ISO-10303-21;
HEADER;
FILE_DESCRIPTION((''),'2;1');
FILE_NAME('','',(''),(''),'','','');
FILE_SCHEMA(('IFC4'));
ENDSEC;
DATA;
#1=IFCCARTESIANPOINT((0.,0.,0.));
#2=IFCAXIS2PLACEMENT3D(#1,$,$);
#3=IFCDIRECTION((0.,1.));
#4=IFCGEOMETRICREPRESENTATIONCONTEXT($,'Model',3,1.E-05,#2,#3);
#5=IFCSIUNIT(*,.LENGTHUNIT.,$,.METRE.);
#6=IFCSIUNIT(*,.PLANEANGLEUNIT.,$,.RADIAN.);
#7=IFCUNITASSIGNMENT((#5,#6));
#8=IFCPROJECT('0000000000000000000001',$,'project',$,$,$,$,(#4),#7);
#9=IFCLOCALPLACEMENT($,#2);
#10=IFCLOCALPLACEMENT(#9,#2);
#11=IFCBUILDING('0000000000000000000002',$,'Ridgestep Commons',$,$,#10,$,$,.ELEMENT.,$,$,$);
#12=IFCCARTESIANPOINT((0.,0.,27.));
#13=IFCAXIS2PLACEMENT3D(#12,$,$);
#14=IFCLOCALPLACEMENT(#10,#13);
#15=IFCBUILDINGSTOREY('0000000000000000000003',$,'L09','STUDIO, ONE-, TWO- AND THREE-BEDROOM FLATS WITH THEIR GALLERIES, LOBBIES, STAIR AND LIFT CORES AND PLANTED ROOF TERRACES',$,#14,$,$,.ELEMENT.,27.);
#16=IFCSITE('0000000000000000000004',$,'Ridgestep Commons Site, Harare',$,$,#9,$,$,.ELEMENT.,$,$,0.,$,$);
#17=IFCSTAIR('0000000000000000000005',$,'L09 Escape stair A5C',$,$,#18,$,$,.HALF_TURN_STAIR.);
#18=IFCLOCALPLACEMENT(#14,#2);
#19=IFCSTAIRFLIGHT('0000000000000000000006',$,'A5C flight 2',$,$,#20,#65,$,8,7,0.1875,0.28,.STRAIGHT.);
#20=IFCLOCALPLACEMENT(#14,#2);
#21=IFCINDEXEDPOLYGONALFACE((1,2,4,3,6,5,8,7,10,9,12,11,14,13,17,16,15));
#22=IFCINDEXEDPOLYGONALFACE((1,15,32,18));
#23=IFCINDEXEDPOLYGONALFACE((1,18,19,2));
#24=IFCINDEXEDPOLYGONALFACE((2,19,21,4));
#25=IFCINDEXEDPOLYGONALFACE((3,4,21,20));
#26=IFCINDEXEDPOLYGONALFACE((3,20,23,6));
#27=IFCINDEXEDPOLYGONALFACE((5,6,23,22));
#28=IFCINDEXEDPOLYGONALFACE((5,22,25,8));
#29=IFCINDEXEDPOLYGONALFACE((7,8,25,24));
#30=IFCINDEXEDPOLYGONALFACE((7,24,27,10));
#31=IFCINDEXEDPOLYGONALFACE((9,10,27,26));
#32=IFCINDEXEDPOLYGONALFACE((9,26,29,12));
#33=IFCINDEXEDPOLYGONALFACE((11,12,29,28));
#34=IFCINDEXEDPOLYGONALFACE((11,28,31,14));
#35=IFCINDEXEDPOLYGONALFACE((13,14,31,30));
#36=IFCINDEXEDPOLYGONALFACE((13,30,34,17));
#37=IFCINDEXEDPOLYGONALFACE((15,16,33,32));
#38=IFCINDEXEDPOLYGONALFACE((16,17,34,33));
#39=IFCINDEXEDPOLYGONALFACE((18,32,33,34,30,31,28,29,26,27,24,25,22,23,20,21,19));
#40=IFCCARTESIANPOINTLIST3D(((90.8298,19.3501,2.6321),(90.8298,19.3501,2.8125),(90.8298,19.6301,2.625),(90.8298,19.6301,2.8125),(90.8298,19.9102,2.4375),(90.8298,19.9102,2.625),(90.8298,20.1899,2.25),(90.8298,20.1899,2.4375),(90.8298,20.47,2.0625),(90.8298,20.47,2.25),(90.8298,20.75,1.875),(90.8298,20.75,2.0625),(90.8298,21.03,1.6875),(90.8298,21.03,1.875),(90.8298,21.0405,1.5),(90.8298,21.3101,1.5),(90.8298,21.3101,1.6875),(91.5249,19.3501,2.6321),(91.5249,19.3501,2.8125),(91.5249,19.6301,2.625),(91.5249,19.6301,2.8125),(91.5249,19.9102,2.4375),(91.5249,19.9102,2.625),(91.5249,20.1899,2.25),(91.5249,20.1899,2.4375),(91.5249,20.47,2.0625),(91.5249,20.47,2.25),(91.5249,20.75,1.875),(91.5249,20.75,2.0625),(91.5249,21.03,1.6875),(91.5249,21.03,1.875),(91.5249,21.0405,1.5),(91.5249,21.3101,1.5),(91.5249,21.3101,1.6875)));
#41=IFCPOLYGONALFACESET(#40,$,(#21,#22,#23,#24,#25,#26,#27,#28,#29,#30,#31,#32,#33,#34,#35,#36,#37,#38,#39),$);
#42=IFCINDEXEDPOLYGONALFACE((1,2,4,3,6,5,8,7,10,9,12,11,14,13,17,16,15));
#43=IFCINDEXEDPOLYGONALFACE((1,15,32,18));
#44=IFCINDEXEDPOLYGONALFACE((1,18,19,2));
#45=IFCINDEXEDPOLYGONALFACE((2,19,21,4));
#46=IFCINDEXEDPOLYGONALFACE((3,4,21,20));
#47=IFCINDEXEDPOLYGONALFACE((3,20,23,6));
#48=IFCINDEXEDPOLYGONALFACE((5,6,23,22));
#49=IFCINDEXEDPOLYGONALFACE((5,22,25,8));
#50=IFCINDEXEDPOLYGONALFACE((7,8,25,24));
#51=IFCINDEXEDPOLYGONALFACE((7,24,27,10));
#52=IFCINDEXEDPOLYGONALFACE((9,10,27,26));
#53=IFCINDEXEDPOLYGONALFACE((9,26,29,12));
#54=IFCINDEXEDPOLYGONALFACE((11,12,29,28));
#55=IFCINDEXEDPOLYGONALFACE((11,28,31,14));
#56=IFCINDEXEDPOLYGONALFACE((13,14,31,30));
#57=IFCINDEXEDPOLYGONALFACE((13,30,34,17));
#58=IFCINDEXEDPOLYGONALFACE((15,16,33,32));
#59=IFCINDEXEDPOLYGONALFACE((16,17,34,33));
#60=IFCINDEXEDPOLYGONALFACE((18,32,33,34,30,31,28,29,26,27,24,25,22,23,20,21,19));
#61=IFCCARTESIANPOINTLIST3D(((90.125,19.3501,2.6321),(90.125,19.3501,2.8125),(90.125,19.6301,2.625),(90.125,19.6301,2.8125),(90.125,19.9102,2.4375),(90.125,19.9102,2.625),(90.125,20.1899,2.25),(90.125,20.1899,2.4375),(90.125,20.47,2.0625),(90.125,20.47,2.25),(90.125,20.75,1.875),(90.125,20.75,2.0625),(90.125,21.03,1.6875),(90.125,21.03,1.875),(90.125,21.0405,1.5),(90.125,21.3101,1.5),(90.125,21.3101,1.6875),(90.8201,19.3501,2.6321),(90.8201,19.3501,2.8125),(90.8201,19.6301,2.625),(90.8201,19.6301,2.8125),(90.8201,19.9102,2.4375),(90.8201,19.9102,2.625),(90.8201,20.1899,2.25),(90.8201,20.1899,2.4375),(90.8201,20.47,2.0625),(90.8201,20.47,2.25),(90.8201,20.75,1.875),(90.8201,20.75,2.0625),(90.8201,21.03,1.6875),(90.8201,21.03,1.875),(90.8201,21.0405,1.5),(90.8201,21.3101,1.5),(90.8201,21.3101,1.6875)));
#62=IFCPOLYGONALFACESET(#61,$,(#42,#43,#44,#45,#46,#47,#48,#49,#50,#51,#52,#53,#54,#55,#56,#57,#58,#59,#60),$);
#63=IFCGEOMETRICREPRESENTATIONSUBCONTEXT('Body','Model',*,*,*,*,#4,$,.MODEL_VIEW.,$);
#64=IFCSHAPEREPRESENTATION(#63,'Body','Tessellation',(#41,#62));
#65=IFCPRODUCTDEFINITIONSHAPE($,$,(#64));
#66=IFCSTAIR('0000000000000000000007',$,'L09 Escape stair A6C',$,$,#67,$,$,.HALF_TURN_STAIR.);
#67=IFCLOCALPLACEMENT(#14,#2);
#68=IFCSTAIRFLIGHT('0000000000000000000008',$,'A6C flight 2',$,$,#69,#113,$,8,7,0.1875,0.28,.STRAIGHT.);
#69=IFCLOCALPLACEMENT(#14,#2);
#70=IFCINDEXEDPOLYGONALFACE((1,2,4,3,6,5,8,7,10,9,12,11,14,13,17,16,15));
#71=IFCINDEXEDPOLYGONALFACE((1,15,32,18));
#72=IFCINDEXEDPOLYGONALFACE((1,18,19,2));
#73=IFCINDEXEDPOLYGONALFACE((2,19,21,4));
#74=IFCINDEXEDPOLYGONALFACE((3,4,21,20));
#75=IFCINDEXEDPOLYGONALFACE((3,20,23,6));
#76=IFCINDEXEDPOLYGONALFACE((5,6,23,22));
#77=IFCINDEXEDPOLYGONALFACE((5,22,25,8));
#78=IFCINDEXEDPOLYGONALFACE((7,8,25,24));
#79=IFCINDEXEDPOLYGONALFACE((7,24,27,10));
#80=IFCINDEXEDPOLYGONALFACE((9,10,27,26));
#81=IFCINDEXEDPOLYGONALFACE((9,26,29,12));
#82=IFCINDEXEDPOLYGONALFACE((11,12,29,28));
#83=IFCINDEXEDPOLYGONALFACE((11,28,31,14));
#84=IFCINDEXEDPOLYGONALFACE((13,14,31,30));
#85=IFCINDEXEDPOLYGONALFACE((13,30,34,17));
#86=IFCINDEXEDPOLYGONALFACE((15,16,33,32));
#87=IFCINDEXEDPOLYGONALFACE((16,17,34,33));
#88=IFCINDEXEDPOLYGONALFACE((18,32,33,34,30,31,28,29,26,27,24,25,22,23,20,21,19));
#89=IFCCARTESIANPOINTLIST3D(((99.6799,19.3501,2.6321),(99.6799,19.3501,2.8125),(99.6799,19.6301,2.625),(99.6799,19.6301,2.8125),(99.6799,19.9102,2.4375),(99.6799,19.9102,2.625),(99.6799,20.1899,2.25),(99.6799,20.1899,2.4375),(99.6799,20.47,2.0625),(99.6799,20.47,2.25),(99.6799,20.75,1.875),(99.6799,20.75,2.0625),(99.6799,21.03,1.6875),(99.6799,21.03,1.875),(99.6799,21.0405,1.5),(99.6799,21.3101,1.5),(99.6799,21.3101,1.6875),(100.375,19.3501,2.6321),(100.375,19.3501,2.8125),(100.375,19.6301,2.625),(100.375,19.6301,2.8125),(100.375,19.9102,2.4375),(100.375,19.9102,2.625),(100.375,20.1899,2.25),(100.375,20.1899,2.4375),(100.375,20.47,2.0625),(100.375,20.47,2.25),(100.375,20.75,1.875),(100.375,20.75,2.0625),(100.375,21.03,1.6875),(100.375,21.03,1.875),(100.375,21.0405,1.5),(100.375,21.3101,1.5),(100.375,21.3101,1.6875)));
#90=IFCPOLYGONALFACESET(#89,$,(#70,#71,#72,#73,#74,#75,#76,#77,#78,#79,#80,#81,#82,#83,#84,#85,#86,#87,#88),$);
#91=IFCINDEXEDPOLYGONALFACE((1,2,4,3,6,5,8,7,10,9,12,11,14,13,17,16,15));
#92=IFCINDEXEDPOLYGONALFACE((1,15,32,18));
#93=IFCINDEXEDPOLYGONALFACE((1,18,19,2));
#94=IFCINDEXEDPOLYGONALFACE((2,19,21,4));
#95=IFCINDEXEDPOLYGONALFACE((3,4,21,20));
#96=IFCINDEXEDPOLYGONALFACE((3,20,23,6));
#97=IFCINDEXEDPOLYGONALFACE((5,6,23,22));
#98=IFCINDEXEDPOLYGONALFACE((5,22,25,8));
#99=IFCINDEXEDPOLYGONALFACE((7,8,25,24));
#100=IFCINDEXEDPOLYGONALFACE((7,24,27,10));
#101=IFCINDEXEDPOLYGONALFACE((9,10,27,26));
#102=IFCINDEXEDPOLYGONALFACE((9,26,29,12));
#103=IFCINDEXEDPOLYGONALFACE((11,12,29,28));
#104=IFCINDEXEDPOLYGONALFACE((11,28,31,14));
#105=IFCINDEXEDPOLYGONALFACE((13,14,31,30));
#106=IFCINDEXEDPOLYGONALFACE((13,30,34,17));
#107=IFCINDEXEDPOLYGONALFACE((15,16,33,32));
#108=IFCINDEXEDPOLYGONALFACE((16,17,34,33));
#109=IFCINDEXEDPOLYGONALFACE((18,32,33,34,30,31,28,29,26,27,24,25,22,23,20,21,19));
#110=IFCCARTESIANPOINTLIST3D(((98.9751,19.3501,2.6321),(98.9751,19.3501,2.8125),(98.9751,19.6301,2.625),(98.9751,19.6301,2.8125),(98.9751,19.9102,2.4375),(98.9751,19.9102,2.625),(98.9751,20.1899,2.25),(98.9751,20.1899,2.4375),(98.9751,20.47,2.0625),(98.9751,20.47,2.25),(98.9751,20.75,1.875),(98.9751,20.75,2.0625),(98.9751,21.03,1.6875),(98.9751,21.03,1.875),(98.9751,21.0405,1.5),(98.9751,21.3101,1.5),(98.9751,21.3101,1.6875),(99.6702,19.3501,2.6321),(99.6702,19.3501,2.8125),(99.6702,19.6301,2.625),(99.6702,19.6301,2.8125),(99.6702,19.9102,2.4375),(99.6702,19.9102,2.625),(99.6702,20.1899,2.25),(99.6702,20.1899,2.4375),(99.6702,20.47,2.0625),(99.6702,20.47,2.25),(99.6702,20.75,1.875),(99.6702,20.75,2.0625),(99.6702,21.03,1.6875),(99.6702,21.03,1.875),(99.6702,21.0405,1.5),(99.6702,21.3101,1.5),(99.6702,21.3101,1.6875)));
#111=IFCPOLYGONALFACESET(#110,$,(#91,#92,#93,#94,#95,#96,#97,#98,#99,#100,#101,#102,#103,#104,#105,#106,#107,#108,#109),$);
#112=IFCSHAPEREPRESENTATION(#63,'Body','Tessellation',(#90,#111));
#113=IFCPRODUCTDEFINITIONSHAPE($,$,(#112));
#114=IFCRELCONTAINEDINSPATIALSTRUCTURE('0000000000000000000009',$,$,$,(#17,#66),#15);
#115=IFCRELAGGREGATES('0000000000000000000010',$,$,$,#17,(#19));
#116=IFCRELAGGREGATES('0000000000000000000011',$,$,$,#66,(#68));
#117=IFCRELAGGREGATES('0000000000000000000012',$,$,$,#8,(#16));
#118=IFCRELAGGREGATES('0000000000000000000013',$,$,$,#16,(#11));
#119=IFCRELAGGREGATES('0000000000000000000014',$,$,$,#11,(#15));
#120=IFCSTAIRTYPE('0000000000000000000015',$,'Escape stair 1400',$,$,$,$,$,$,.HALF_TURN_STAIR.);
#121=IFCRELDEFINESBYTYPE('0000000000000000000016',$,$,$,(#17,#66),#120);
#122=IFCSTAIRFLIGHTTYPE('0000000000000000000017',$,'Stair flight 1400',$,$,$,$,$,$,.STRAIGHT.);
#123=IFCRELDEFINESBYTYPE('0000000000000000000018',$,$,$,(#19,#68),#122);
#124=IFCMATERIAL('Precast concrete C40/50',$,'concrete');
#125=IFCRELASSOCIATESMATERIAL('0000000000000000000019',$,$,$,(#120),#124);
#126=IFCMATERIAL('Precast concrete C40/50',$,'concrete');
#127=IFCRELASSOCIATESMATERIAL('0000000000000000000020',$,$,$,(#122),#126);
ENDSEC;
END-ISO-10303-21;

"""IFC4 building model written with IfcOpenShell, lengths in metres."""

from ifc_helpers import new_model, si_unit, direction, frame, origin, place, context, subcontext, project, spatial, polyline, outline, extrude, material, type_object, element, aggregate, save


model = new_model("IFC4")

# Units and contexts
model_context = context("Model", 3, precision=1e-05, world=origin(), true_north=direction((0.0, 1.0)))
body_context = subcontext(model_context, "Body", "Model", "MODEL_VIEW")
ifc_project = project(units=[si_unit("LENGTHUNIT", "METRE"), si_unit("PLANEANGLEUNIT", "RADIAN")], contexts=[model_context])

# Site, building, storey
site_placement = place(None, origin())
site = spatial("IfcSite", under=ifc_project, at=site_placement, Name="Ridgestep Commons Site, Harare", CompositionType="ELEMENT", RefElevation=0.0)
building_placement = place(site_placement, origin())
building = spatial("IfcBuilding", under=site, at=building_placement, Name="Ridgestep Commons", CompositionType="ELEMENT")
storey_placement = place(building_placement, frame((0.0, 0.0, 27.0)))
storey = spatial("IfcBuildingStorey", under=building, at=storey_placement, Name="L09", Description="STUDIO, ONE-, TWO- AND THREE-BEDROOM FLATS WITH THEIR GALLERIES, LOBBIES, STAIR AND LIFT CORES AND PLANTED ROOF TERRACES", CompositionType="ELEMENT", Elevation=27.0)

# Stair, stair flight
ifc_material_1 = material(Name="Precast concrete C40/50", Category="concrete")
stair_type = type_object("IfcStairType", Name="Escape stair 1400", PredefinedType="HALF_TURN_STAIR", material=ifc_material_1)
stair_1_placement = place(storey_placement, origin())
stair_1 = element("IfcStair", 1, at=stair_1_placement, inside=storey, type_object=stair_type, Name="L09 Escape stair A5C", PredefinedType="HALF_TURN_STAIR")
ifc_material_2 = material(Name="Precast concrete C40/50", Category="concrete")
stair_flight_type = type_object("IfcStairFlightType", Name="Stair flight 1400", PredefinedType="STRAIGHT", material=ifc_material_2)
stair_flight_1_placement = place(storey_placement, frame((90.825, 21.3101, 1.5), z_axis=(0.0, 0.0, 1.0), x_axis=(0.0, -1.0, 0.0)))
stair_flight_1 = element("IfcStairFlight", 2, at=stair_flight_1_placement, type_object=stair_flight_type, Name="A5C flight 2", NumberOfRisers=8, NumberOfTreads=7, PredefinedType="STRAIGHT", RiserHeight=0.1875, TreadLength=0.28, context=body_context, shape_type="SweptSolid", body=[
    extrude(outline(polyline([(0.0, 0.0), (0.0, 0.1875), (0.28, 0.1875), (0.28, 0.375), (0.5601, 0.375), (0.5601, 0.5625), (0.8401, 0.5625), (0.8401, 0.75), (1.1201, 0.75), (1.1201, 0.9375), (1.3999, 0.9375), (1.3999, 1.125), (1.6799, 1.125), (1.6799, 1.3125), (1.96, 1.3125), (1.96, 1.5), (1.96, 1.1321), (0.2695, 0.0), (0.0, 0.0)])), frame((0.0, 0.7, 0.0), z_axis=(0.0, -1.0, 0.0), x_axis=(1.0, 0.0, 0.0)), (0.0, 0.0, 1.0), 0.6951),
    extrude(outline(polyline([(0.0, 0.0), (0.0, 0.1875), (0.28, 0.1875), (0.28, 0.375), (0.5601, 0.375), (0.5601, 0.5625), (0.8401, 0.5625), (0.8401, 0.75), (1.1201, 0.75), (1.1201, 0.9375), (1.3999, 0.9375), (1.3999, 1.125), (1.6799, 1.125), (1.6799, 1.3125), (1.96, 1.3125), (1.96, 1.5), (1.96, 1.1321), (0.2695, 0.0), (0.0, 0.0)])), frame((0.0, -0.0049, 0.0), z_axis=(0.0, -1.0, 0.0), x_axis=(1.0, 0.0, 0.0)), (0.0, 0.0, 1.0), 0.6951),
])
aggregate(stair_1, [stair_flight_1])

# Stair, stair flight
stair_2_placement = place(storey_placement, origin())
stair_2 = element("IfcStair", 3, at=stair_2_placement, inside=storey, type_object=stair_type, Name="L09 Escape stair A6C", PredefinedType="HALF_TURN_STAIR")
stair_flight_2_placement = place(storey_placement, frame((99.675, 21.3101, 1.5), z_axis=(0.0, 0.0, 1.0), x_axis=(0.0, -1.0, 0.0)))
stair_flight_2 = element("IfcStairFlight", 4, at=stair_flight_2_placement, type_object=stair_flight_type, Name="A6C flight 2", NumberOfRisers=8, NumberOfTreads=7, PredefinedType="STRAIGHT", RiserHeight=0.1875, TreadLength=0.28, context=body_context, shape_type="SweptSolid", body=[
    extrude(outline(polyline([(0.0, 0.0), (0.0, 0.1875), (0.28, 0.1875), (0.28, 0.375), (0.5601, 0.375), (0.5601, 0.5625), (0.8401, 0.5625), (0.8401, 0.75), (1.1201, 0.75), (1.1201, 0.9375), (1.3999, 0.9375), (1.3999, 1.125), (1.6799, 1.125), (1.6799, 1.3125), (1.96, 1.3125), (1.96, 1.5), (1.96, 1.1321), (0.2695, 0.0), (0.0, 0.0)])), frame((0.0, 0.7, 0.0), z_axis=(0.0, -1.0, 0.0), x_axis=(1.0, 0.0, 0.0)), (0.0, 0.0, 1.0), 0.6951),
    extrude(outline(polyline([(0.0, 0.0), (0.0, 0.1875), (0.28, 0.1875), (0.28, 0.375), (0.5601, 0.375), (0.5601, 0.5625), (0.8401, 0.5625), (0.8401, 0.75), (1.1201, 0.75), (1.1201, 0.9375), (1.3999, 0.9375), (1.3999, 1.125), (1.6799, 1.125), (1.6799, 1.3125), (1.96, 1.3125), (1.96, 1.5), (1.96, 1.1321), (0.2695, 0.0), (0.0, 0.0)])), frame((0.0, -0.0049, 0.0), z_axis=(0.0, -1.0, 0.0), x_axis=(1.0, 0.0, 0.0)), (0.0, 0.0, 1.0), 0.6951),
])
aggregate(stair_2, [stair_flight_2])

save(model, "model.ifc")
